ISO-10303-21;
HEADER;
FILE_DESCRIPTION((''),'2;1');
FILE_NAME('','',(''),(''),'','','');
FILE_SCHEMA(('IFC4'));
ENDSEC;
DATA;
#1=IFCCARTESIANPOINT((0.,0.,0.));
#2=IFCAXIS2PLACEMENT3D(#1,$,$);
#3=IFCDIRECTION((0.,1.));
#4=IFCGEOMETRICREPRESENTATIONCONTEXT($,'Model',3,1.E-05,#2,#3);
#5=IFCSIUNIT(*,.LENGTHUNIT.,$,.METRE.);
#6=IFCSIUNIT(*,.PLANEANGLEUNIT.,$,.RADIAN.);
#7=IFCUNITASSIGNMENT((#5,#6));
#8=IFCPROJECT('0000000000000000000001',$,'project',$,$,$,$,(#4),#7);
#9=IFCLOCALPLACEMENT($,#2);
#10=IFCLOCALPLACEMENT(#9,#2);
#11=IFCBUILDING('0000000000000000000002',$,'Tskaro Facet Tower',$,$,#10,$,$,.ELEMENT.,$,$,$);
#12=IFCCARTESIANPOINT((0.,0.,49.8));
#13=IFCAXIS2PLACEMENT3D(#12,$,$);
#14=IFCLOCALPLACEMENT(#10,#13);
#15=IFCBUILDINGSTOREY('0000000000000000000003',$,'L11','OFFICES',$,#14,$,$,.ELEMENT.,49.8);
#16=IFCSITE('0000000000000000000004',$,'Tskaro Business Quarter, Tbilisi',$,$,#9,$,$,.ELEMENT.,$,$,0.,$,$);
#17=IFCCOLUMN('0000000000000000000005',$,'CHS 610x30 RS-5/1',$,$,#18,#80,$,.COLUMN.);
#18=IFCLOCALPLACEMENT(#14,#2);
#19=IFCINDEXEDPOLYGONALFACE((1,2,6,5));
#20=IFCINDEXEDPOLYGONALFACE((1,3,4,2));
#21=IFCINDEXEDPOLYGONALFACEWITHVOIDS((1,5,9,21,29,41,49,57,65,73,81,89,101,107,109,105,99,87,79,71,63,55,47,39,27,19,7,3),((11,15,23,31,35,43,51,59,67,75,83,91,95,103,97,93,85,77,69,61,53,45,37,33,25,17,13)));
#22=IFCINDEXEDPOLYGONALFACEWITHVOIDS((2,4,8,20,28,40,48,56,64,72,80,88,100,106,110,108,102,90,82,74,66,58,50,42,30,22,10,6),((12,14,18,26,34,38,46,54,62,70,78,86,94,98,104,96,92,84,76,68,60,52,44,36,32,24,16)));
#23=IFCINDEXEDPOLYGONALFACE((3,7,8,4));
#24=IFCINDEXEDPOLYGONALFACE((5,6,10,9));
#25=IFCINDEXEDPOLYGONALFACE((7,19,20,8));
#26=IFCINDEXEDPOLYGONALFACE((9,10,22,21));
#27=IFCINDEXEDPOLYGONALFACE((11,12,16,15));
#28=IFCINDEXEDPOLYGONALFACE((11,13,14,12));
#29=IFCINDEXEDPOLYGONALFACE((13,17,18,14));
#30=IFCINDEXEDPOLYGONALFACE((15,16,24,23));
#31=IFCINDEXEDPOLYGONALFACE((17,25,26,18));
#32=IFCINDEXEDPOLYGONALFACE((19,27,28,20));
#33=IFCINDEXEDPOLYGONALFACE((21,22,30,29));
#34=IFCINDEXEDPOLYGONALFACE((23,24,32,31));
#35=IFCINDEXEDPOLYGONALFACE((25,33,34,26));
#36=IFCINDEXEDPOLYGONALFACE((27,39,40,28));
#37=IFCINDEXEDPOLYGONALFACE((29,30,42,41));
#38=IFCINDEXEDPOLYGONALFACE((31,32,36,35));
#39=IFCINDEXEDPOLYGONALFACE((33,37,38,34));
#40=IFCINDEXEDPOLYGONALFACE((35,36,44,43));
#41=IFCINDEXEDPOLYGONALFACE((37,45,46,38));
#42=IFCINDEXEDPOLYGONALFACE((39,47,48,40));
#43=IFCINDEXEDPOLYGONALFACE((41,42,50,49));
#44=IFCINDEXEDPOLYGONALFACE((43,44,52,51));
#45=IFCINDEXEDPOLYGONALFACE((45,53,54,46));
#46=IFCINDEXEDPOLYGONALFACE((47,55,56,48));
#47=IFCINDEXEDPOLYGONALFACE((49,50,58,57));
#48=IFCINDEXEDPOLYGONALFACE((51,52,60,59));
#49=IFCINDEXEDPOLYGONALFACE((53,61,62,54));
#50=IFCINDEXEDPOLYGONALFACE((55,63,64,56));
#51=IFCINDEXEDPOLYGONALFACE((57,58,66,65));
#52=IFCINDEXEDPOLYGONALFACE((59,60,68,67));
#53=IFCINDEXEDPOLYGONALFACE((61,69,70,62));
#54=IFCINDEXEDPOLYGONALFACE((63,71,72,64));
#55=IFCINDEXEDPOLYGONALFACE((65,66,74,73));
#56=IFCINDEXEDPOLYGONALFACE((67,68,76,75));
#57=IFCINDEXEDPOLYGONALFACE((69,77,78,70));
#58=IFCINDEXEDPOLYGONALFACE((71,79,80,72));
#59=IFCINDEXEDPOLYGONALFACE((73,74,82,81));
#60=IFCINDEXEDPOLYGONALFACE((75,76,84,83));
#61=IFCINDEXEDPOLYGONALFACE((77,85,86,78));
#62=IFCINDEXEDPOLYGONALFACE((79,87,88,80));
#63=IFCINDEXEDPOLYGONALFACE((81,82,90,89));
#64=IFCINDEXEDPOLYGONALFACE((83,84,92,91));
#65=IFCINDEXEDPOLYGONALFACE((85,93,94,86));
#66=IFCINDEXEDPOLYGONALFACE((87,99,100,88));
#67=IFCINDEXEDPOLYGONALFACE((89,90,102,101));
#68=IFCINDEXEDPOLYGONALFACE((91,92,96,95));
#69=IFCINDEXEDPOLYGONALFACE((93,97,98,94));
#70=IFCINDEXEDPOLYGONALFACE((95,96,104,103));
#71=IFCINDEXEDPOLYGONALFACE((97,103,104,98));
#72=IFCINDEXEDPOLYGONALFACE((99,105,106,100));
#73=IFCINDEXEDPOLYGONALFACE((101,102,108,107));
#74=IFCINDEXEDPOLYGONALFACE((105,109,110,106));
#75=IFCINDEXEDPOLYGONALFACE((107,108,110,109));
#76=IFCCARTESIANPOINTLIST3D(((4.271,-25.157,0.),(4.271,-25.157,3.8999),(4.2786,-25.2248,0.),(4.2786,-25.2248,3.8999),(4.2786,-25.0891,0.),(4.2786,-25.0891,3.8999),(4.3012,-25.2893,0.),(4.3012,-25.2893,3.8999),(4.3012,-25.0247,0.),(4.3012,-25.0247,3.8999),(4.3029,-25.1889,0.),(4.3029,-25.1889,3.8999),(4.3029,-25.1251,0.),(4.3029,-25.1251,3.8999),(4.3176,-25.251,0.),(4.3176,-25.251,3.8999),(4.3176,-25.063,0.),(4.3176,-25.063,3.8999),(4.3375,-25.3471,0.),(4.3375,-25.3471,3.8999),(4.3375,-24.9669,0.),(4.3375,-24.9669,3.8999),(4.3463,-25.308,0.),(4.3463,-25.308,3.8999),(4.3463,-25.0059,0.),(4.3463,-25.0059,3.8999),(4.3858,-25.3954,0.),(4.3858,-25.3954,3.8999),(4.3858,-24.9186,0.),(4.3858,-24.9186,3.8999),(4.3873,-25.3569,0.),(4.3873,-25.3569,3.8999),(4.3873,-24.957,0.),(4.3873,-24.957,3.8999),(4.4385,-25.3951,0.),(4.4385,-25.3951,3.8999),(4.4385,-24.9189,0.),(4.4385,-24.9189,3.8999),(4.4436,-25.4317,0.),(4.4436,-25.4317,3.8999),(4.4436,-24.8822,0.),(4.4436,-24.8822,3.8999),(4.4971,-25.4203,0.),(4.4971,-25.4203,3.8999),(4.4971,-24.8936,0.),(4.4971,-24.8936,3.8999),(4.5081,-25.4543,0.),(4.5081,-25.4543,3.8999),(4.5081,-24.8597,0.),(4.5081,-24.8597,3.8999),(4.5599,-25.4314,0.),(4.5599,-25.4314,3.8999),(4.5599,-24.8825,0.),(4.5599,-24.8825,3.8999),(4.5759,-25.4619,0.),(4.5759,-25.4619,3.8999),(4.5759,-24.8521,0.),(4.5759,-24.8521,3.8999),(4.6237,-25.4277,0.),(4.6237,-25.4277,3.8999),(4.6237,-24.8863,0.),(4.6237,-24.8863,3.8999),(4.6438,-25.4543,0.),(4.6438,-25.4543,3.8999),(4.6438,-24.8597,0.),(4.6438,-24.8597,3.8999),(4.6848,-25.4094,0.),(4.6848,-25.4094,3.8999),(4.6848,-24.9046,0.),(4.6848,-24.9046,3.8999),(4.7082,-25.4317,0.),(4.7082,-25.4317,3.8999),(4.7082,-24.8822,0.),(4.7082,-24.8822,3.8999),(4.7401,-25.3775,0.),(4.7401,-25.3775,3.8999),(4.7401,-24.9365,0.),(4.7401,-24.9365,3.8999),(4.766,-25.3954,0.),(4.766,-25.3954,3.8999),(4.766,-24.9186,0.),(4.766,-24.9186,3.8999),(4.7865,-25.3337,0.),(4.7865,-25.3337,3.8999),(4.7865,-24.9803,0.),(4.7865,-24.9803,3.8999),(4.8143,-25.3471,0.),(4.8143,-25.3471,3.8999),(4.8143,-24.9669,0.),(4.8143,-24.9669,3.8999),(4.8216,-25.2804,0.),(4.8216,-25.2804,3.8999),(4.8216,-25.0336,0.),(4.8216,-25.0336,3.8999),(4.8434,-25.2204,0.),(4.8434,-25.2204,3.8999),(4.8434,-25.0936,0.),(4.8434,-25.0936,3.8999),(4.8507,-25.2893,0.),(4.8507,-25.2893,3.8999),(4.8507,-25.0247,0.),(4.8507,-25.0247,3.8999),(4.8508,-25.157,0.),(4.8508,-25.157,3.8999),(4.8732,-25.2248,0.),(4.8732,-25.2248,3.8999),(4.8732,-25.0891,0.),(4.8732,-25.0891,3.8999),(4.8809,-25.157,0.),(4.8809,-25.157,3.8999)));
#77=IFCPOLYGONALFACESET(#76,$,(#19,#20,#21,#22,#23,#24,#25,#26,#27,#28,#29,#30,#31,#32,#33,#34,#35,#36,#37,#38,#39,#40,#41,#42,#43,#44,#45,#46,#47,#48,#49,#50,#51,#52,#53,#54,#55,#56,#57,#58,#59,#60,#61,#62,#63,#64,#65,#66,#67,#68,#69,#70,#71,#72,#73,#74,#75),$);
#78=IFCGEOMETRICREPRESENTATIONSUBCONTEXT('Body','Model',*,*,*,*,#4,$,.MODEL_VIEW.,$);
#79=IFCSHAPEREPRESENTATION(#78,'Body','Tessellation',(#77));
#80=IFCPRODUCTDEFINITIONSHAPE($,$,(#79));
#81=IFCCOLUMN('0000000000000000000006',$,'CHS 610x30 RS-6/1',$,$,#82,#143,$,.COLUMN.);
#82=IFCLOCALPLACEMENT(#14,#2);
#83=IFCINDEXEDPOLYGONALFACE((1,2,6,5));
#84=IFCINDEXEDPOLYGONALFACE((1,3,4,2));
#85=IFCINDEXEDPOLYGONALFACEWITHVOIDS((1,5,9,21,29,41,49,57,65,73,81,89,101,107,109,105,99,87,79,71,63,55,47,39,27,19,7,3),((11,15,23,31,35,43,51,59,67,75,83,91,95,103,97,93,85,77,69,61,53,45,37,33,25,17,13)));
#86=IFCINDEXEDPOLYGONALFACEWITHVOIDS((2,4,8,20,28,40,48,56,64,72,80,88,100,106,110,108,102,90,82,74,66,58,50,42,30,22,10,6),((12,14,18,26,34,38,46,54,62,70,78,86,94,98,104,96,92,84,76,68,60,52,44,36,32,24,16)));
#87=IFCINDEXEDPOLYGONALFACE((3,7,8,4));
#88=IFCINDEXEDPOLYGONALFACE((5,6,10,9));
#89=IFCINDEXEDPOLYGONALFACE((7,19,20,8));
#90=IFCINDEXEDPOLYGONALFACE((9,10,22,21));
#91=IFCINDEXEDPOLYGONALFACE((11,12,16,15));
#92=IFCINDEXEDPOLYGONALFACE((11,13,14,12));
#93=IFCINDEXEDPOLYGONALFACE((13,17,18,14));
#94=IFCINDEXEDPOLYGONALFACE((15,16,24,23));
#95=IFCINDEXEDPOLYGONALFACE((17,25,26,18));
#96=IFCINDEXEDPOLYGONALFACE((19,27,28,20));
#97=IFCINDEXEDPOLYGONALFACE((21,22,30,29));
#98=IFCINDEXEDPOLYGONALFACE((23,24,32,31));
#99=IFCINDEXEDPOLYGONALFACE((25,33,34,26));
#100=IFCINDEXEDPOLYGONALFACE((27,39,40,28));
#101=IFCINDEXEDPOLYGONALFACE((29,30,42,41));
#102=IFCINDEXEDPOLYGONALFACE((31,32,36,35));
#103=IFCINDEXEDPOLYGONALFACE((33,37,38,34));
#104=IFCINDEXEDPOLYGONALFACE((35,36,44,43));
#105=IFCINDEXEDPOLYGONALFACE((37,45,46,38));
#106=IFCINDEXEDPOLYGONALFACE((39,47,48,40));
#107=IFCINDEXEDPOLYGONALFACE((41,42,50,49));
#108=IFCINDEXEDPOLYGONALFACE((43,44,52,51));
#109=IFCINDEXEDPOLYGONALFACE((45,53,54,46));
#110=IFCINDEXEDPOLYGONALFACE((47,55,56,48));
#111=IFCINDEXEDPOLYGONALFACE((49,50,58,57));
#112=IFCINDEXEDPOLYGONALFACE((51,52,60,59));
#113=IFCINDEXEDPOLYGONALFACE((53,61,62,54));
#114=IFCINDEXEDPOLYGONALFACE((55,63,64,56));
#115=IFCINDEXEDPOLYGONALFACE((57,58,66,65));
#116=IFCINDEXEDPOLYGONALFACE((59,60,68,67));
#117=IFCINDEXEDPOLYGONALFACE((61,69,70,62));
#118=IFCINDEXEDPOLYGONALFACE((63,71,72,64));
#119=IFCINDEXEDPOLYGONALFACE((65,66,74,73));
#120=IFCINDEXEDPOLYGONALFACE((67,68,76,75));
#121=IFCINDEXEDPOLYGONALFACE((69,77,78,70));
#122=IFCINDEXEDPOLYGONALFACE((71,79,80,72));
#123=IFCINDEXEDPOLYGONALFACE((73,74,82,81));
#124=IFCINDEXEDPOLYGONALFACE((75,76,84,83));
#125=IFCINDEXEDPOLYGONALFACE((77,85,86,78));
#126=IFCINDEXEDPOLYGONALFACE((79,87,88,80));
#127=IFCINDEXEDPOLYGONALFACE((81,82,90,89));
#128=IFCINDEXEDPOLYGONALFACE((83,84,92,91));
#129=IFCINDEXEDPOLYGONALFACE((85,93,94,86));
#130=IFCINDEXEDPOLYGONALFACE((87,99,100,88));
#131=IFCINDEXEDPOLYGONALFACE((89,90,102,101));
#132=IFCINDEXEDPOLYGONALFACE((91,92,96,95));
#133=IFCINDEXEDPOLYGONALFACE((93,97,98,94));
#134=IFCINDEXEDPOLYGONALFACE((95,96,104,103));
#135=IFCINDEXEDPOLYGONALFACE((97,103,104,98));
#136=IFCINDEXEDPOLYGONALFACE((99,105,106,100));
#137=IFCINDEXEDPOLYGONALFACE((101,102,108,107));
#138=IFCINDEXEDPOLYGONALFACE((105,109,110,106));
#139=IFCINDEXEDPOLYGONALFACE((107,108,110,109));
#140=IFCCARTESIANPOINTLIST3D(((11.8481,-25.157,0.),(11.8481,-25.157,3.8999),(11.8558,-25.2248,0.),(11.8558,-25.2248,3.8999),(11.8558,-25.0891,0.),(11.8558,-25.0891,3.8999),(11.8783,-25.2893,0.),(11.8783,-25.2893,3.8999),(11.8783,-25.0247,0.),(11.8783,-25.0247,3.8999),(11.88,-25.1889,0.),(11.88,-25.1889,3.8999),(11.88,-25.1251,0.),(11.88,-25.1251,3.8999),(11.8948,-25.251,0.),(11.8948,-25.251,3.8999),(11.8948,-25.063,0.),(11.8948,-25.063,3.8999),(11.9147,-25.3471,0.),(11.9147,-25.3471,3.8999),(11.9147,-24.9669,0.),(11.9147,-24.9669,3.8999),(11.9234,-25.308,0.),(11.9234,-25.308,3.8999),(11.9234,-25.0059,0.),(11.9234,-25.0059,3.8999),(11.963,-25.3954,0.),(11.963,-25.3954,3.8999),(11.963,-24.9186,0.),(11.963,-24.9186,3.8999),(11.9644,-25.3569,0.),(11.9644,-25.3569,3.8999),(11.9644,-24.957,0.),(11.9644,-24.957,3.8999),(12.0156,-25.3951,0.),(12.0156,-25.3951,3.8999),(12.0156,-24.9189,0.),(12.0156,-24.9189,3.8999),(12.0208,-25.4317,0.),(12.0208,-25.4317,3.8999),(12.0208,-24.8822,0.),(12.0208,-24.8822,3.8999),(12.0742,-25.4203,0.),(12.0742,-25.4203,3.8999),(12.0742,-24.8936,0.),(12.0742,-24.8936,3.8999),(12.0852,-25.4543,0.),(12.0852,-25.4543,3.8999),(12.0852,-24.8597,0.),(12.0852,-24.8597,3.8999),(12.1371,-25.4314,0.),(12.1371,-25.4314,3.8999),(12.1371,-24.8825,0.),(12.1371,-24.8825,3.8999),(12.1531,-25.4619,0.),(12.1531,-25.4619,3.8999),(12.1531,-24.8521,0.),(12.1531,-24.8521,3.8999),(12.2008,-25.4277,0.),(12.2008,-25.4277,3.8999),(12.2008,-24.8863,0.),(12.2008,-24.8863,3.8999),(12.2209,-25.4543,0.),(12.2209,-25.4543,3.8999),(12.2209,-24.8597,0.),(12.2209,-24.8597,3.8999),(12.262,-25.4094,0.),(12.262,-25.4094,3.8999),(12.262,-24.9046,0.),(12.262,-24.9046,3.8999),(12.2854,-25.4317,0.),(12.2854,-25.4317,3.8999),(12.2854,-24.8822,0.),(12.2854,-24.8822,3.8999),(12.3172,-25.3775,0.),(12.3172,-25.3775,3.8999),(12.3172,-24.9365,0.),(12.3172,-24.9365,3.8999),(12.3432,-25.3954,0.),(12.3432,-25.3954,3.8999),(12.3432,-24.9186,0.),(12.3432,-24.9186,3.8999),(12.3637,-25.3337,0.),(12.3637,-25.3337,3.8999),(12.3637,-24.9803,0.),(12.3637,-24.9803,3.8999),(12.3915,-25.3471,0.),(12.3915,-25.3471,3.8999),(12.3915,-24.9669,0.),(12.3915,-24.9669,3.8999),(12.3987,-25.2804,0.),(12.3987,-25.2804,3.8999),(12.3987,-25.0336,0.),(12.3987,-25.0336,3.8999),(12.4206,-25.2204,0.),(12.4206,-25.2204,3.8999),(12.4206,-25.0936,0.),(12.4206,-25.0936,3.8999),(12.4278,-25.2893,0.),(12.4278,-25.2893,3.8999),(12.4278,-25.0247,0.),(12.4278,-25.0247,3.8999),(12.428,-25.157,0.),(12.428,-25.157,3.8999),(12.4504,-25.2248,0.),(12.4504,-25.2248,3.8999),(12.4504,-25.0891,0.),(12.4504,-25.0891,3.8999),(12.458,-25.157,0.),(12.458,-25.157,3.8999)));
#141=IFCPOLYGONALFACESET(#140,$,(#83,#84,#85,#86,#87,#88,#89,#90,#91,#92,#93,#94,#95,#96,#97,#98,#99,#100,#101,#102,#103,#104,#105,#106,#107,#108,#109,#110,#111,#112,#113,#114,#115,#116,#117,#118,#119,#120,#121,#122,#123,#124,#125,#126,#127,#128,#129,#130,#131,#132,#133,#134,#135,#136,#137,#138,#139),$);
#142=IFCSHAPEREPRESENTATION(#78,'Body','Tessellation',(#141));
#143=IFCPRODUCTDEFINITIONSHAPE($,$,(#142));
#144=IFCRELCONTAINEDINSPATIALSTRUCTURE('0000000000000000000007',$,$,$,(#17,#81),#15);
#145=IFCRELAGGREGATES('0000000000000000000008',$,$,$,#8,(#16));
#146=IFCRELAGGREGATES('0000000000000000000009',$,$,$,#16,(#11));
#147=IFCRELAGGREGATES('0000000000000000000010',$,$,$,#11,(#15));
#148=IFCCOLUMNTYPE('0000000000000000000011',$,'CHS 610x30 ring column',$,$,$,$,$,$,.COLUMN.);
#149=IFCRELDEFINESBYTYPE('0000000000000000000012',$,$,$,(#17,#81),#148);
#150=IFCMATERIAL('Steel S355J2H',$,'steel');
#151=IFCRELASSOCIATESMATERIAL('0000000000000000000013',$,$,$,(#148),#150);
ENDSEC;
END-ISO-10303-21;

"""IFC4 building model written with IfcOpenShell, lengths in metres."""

from ifc_helpers import new_model, si_unit, direction, frame, origin, origin_2d, place, context, subcontext, project, spatial, hollow_circle, extrude, material, material_profile, profile_set, type_object, element, save


model = new_model("IFC4")

# Units and contexts
model_context = context("Model", 3, precision=1e-05, world=origin(), true_north=direction((0.0, 1.0)))
body_context = subcontext(model_context, "Body", "Model", "MODEL_VIEW")
ifc_project = project(units=[si_unit("LENGTHUNIT", "METRE"), si_unit("PLANEANGLEUNIT", "RADIAN")], contexts=[model_context])

# Site, building, storey
site_placement = place(None, origin())
site = spatial("IfcSite", under=ifc_project, at=site_placement, Name="Tskaro Business Quarter, Tbilisi", CompositionType="ELEMENT", RefElevation=0.0)
building_placement = place(site_placement, origin())
building = spatial("IfcBuilding", under=site, at=building_placement, Name="Tskaro Facet Tower", CompositionType="ELEMENT")
storey_placement = place(building_placement, frame((0.0, 0.0, 49.8)))
storey = spatial("IfcBuildingStorey", under=building, at=storey_placement, Name="L11", Description="OFFICES", CompositionType="ELEMENT", Elevation=49.8)

# Columns
ifc_material_1 = material(Name="Steel S355J2H", Category="steel")
ifc_material_profile_1 = material_profile(ifc_material_1, hollow_circle(Radius=0.3049, WallThickness=0.03, at=origin_2d()), Name="CHS 610x30")
ifc_profile_set_1 = profile_set([ifc_material_profile_1], Name="Steel S355J2H")
column_type_1 = type_object("IfcColumnType", Name="CHS 610x30 ring column", PredefinedType="COLUMN", material=ifc_profile_set_1)
for number, where, z_axis, x_axis, name in (
    (1, (4.5759, -25.157, 0.0), (0.0, 0.0, 1.0), (1.0, 0.0, 0.0), "CHS 610x30 RS-5/1"),
    (2, (12.1531, -25.157, 0.0), (0.0, 0.0, 1.0), (1.0, 0.0, 0.0), "CHS 610x30 RS-6/1"),
):
    element("IfcColumn", number, at=place(storey_placement, frame(where, z_axis=z_axis, x_axis=x_axis)), inside=storey, type_object=column_type_1, Name=name, PredefinedType="COLUMN", context=body_context, shape_type="SweptSolid", body=[
        extrude(hollow_circle(Radius=0.3049, WallThickness=0.03, at=origin_2d()), origin(), (0.0, 0.0, 1.0), 3.8999),
    ])

save(model, "model.ifc")
